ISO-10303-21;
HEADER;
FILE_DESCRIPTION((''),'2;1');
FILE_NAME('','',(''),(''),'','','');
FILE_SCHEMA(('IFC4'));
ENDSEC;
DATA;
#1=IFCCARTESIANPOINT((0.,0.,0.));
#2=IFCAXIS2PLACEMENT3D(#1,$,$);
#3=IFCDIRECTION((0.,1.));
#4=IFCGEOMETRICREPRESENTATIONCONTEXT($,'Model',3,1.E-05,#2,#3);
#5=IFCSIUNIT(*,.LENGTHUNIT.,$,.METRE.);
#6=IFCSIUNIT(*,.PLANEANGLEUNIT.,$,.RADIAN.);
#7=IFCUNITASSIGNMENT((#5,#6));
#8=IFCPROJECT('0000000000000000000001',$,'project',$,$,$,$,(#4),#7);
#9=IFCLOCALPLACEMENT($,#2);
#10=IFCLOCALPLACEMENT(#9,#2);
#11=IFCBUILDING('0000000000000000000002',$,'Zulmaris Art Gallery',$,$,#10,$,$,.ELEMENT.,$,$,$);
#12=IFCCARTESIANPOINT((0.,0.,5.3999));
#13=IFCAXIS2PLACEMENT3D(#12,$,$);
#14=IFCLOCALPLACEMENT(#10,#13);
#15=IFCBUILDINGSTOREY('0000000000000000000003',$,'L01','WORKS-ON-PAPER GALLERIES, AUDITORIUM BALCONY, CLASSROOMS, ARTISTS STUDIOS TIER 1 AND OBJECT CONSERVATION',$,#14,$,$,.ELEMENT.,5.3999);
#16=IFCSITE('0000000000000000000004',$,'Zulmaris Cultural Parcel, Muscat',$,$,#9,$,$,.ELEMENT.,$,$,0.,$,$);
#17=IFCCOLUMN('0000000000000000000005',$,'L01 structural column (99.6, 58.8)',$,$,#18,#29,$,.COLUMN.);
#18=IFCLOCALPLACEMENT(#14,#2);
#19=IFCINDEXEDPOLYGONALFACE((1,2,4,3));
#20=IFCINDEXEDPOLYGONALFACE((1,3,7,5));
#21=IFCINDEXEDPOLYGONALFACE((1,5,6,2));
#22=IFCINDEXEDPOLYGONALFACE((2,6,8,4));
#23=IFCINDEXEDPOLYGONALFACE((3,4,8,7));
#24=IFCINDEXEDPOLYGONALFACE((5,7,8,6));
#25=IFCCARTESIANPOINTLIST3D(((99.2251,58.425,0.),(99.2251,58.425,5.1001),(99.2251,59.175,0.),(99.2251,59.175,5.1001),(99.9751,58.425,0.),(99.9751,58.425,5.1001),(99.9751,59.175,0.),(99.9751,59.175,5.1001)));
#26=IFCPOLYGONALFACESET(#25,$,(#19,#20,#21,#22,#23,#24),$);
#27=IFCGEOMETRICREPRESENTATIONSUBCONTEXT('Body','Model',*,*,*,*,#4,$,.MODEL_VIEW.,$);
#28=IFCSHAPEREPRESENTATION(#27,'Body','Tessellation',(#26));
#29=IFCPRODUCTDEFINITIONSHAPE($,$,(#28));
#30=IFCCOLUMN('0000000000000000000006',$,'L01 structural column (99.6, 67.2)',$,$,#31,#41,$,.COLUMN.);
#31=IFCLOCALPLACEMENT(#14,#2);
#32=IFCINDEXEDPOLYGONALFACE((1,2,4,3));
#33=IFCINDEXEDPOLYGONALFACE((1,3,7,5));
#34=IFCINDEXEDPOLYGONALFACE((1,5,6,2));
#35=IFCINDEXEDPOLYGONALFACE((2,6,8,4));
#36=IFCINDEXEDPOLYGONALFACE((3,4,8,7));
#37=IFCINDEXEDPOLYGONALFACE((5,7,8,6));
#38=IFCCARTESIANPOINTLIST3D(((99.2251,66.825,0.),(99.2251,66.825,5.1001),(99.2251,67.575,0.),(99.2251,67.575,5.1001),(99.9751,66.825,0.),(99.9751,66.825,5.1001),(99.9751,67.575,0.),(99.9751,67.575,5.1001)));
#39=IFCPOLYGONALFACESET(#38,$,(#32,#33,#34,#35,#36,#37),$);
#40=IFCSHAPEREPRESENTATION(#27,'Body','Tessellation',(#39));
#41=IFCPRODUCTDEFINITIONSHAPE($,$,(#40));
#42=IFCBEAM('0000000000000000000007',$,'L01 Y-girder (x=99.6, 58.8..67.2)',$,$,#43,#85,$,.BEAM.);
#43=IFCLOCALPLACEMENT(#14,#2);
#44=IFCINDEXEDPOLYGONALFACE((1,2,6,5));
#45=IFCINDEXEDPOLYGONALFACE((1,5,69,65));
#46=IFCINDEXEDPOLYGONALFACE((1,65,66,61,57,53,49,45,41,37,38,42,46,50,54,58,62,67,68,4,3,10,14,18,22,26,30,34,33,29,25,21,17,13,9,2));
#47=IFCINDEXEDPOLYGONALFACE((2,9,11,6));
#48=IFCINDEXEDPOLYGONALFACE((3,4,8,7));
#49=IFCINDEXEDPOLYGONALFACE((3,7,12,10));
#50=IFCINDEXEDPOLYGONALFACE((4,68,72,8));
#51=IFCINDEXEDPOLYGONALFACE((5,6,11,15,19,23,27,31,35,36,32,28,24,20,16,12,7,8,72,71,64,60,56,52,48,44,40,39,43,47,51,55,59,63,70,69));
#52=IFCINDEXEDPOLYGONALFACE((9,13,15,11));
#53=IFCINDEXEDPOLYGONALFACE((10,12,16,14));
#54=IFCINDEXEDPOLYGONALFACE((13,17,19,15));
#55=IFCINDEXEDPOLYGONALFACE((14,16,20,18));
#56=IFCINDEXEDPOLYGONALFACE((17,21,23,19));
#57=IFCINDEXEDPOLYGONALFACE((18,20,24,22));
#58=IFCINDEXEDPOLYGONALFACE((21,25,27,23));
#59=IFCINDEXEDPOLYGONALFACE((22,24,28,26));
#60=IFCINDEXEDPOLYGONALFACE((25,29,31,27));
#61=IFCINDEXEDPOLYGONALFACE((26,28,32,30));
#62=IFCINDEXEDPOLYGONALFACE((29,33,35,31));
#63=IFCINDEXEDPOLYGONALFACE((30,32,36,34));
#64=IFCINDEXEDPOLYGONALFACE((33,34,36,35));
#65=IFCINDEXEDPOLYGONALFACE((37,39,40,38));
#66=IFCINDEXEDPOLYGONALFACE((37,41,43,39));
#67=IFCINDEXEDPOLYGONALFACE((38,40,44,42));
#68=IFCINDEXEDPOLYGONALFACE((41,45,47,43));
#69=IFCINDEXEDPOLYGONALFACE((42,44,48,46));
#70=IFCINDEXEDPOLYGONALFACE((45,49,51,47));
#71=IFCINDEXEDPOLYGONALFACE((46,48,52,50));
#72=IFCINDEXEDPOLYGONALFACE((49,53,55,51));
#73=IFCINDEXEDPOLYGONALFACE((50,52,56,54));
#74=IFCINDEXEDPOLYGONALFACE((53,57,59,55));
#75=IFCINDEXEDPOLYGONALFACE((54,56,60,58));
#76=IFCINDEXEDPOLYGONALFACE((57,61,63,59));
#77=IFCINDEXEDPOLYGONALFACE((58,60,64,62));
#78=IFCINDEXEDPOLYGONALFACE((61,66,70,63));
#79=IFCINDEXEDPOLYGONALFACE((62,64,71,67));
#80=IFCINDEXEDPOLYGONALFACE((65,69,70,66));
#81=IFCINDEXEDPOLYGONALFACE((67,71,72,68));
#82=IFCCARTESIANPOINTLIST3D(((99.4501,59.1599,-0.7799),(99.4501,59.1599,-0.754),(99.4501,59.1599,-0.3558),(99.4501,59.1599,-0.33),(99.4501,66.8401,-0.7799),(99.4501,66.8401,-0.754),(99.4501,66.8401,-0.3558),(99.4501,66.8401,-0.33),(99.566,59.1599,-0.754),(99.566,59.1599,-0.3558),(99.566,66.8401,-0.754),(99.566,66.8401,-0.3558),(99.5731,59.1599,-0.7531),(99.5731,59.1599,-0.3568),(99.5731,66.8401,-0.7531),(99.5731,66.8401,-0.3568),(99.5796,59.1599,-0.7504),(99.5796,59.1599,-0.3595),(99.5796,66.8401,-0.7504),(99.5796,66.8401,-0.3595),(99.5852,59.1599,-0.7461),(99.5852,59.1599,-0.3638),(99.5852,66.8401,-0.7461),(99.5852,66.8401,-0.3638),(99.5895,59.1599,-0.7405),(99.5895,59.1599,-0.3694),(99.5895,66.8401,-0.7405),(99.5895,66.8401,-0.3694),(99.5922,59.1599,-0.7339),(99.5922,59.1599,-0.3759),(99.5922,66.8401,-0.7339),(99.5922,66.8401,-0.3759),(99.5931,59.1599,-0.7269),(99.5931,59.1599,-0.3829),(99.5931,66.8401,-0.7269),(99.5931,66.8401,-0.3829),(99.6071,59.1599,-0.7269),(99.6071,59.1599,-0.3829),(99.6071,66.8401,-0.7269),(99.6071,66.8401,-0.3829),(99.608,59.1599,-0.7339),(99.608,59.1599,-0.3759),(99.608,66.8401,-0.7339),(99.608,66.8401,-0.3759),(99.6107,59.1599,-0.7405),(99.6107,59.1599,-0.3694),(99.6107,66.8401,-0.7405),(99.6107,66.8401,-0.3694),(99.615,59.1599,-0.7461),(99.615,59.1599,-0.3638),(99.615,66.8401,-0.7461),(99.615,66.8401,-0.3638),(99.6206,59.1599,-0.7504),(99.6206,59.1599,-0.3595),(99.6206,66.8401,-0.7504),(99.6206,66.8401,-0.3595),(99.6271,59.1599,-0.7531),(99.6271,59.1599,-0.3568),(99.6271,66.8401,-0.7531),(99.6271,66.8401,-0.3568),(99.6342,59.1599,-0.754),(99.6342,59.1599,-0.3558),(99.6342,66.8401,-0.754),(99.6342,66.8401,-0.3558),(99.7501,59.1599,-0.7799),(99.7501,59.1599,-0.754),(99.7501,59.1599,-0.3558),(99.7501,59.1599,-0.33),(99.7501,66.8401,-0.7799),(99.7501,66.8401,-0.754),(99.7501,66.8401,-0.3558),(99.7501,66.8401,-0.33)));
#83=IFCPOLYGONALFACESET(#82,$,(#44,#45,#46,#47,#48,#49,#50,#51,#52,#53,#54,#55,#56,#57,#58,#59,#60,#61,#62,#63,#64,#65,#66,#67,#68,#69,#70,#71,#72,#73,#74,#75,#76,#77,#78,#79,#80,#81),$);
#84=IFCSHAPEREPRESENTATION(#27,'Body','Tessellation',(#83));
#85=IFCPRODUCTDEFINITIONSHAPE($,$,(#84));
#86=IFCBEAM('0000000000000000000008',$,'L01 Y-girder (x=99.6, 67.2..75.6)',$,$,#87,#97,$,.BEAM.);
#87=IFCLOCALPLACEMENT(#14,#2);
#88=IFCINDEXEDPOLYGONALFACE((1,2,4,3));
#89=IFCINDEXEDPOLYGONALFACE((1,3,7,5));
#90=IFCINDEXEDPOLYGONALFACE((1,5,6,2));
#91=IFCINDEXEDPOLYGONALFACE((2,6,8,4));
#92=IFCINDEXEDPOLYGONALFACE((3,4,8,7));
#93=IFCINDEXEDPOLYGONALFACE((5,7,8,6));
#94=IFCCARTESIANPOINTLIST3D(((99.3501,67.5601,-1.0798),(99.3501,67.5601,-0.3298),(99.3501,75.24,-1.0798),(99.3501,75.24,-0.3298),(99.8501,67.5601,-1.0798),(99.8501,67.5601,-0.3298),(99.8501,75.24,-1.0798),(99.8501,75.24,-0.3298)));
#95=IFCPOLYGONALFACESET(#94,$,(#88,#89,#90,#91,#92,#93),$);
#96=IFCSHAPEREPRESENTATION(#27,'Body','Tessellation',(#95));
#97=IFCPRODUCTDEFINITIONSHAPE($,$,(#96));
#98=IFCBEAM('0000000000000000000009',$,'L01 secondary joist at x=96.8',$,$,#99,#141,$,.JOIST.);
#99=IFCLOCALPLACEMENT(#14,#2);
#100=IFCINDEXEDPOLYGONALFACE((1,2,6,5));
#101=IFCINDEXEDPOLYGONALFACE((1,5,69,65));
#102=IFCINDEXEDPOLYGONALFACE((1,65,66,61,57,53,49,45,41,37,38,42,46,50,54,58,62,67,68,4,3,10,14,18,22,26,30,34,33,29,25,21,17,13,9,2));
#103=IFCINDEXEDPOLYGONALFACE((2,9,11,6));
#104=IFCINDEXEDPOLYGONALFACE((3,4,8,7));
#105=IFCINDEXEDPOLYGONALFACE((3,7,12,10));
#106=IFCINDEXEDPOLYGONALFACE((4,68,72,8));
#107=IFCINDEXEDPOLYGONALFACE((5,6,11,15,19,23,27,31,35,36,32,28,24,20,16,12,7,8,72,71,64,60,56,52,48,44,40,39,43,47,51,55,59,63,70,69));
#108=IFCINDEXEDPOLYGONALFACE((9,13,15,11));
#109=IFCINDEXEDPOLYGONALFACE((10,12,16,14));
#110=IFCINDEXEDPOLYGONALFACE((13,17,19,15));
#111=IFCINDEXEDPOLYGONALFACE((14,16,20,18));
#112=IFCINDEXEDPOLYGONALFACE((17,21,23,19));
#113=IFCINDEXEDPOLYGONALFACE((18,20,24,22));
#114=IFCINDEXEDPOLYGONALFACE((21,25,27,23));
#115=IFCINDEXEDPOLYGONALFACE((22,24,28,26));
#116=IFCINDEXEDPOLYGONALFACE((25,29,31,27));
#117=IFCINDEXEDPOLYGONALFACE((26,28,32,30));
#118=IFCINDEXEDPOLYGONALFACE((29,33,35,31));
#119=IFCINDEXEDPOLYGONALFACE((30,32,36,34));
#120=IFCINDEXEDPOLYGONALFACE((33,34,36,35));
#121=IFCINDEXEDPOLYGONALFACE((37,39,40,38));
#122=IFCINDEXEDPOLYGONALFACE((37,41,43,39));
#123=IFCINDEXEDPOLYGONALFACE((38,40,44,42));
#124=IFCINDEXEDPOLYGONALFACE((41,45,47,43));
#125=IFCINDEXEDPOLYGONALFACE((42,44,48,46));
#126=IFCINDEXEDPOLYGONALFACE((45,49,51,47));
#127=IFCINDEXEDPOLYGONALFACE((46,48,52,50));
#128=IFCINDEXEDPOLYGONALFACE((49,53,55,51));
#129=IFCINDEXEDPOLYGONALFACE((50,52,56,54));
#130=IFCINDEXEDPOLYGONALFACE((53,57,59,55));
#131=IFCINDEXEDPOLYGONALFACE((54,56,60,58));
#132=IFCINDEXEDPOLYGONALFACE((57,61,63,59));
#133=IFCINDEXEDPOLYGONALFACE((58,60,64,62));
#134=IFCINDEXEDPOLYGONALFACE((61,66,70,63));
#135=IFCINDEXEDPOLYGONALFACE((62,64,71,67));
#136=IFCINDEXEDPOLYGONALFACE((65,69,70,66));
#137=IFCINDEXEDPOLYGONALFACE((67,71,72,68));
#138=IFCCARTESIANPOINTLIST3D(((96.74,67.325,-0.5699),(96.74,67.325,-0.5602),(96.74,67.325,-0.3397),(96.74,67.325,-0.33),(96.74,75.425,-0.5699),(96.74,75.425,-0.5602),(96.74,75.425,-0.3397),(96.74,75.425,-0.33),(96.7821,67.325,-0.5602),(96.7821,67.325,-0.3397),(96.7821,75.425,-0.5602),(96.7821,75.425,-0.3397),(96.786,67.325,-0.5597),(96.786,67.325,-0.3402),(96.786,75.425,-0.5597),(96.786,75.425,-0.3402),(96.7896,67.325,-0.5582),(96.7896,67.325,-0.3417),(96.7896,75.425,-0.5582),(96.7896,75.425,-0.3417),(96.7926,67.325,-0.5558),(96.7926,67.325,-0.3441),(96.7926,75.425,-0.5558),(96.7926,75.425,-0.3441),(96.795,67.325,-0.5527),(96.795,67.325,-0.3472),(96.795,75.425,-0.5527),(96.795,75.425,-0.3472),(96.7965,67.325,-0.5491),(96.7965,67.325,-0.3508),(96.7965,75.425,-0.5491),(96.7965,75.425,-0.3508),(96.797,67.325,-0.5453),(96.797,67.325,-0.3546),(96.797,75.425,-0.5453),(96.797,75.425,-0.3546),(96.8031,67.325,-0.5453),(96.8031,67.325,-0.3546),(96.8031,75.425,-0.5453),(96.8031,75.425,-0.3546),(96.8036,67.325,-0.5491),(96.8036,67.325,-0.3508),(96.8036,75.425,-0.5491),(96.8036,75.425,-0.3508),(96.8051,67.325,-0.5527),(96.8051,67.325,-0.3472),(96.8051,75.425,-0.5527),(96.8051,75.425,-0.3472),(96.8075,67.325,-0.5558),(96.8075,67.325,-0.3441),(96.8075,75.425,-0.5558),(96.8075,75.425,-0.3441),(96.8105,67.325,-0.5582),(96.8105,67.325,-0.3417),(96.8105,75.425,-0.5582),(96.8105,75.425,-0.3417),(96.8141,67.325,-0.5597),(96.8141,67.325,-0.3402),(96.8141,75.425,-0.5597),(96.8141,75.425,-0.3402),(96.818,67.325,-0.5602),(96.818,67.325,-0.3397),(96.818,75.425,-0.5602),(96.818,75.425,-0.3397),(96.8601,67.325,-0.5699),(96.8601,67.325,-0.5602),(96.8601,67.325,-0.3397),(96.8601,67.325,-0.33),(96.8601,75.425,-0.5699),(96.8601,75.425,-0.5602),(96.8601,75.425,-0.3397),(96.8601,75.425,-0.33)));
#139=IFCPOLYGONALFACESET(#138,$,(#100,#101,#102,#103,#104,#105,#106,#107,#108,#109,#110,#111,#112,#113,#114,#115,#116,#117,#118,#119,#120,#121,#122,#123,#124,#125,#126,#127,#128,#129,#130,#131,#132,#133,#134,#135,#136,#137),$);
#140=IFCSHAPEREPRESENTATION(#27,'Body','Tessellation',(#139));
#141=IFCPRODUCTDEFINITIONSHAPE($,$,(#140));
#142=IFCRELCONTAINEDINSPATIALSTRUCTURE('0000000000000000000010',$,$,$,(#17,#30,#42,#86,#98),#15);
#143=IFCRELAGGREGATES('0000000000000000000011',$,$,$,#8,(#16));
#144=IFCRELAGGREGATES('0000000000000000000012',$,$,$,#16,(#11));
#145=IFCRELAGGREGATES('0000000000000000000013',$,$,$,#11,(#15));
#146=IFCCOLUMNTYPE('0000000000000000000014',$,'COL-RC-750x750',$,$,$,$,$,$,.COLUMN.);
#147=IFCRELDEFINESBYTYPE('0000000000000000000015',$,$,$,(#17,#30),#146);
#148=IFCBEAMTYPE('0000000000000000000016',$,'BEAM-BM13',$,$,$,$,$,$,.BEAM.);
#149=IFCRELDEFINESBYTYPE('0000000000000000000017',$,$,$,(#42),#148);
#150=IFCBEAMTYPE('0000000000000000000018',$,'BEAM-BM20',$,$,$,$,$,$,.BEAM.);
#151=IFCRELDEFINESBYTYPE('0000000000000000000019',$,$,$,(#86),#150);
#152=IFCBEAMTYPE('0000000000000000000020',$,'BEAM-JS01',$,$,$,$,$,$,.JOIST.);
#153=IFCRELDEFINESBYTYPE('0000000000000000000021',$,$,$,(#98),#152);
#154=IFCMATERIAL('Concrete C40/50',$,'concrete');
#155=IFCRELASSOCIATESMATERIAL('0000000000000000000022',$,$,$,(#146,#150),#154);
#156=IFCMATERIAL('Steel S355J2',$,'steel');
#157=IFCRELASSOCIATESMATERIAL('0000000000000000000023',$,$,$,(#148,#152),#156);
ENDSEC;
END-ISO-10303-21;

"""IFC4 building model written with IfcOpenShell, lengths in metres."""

from ifc_helpers import new_model, si_unit, direction, frame, origin, origin_2d, place, context, subcontext, project, spatial, rectangle, i_section, extrude, material, material_profile, profile_set, type_object, element, save


model = new_model("IFC4")

# Units and contexts
model_context = context("Model", 3, precision=1e-05, world=origin(), true_north=direction((0.0, 1.0)))
body_context = subcontext(model_context, "Body", "Model", "MODEL_VIEW")
ifc_project = project(units=[si_unit("LENGTHUNIT", "METRE"), si_unit("PLANEANGLEUNIT", "RADIAN")], contexts=[model_context])

# Site, building, storey
site_placement = place(None, origin())
site = spatial("IfcSite", under=ifc_project, at=site_placement, Name="Zulmaris Cultural Parcel, Muscat", CompositionType="ELEMENT", RefElevation=0.0)
building_placement = place(site_placement, origin())
building = spatial("IfcBuilding", under=site, at=building_placement, Name="Zulmaris Art Gallery", CompositionType="ELEMENT")
storey_placement = place(building_placement, frame((0.0, 0.0, 5.3999)))
storey = spatial("IfcBuildingStorey", under=building, at=storey_placement, Name="L01", Description="WORKS-ON-PAPER GALLERIES, AUDITORIUM BALCONY, CLASSROOMS, ARTISTS STUDIOS TIER 1 AND OBJECT CONSERVATION", CompositionType="ELEMENT", Elevation=5.3999)

# Columns
ifc_material_1 = material(Name="Concrete C40/50", Category="concrete")
ifc_material_profile_1 = material_profile(ifc_material_1, rectangle(XDim=0.75, YDim=0.75, at=origin_2d()), Name="RC 750x750")
ifc_profile_set_1 = profile_set([ifc_material_profile_1], Name="Concrete C40/50")
column_type = type_object("IfcColumnType", Name="COL-RC-750x750", PredefinedType="COLUMN", material=ifc_profile_set_1)
for number, where, z_axis, x_axis, name in (
    (1, (99.6001, 58.8, 0.0), (0.0, 0.0, 1.0), (1.0, 0.0, 0.0), "L01 structural column (99.6, 58.8)"),
    (2, (99.6001, 67.2, 0.0), (0.0, 0.0, 1.0), (1.0, 0.0, 0.0), "L01 structural column (99.6, 67.2)"),
):
    element("IfcColumn", number, at=place(storey_placement, frame(where, z_axis=z_axis, x_axis=x_axis)), inside=storey, type_object=column_type, Name=name, PredefinedType="COLUMN", context=body_context, shape_type="SweptSolid", body=[
        extrude(rectangle(XDim=0.75, YDim=0.75, at=origin_2d()), origin(), (0.0, 0.0, 1.0), 5.1001),
    ])

# Beams
ifc_material_2 = material(Name="Steel S355J2", Category="steel")
ifc_material_profile_2 = material_profile(ifc_material_2, i_section(OverallWidth=0.3, OverallDepth=0.45, WebThickness=0.0139, FlangeThickness=0.0259, FilletRadius=0.0271, at=origin_2d()), Name="HEB 450")
ifc_profile_set_2 = profile_set([ifc_material_profile_2], Name="Steel S355J2")
beam_type_1 = type_object("IfcBeamType", Name="BEAM-BM13", PredefinedType="BEAM", material=ifc_profile_set_2)
beam_1_placement = place(storey_placement, frame((99.6001, 59.1599, -0.5549), z_axis=(0.0, 1.0, 0.0), x_axis=(-1.0, 0.0, 0.0)))
element("IfcBeam", 3, at=beam_1_placement, inside=storey, type_object=beam_type_1, Name="L01 Y-girder (x=99.6, 58.8..67.2)", PredefinedType="BEAM", context=body_context, shape_type="SweptSolid", body=[
    extrude(i_section(OverallWidth=0.3, OverallDepth=0.45, WebThickness=0.0139, FlangeThickness=0.0259, FilletRadius=0.0271, at=origin_2d()), origin(), (0.0, 0.0, 1.0), 7.6802),
])
ifc_material_profile_3 = material_profile(ifc_material_1, rectangle(XDim=0.5, YDim=0.75, at=origin_2d()), Name="RC 500x750")
ifc_profile_set_3 = profile_set([ifc_material_profile_3], Name="Concrete C40/50")
beam_type_2 = type_object("IfcBeamType", Name="BEAM-BM20", PredefinedType="BEAM", material=ifc_profile_set_3)
beam_2_placement = place(storey_placement, frame((99.6001, 67.5601, -0.7048), z_axis=(0.0, 1.0, 0.0), x_axis=(-1.0, 0.0, 0.0)))
element("IfcBeam", 4, at=beam_2_placement, inside=storey, type_object=beam_type_2, Name="L01 Y-girder (x=99.6, 67.2..75.6)", PredefinedType="BEAM", context=body_context, shape_type="SweptSolid", body=[
    extrude(rectangle(XDim=0.5, YDim=0.75, at=origin_2d()), origin(), (0.0, 0.0, 1.0), 7.6799),
])
ifc_material_profile_4 = material_profile(ifc_material_2, i_section(OverallWidth=0.1201, OverallDepth=0.24, WebThickness=0.0061, FlangeThickness=0.0098, FilletRadius=0.0149, at=origin_2d()), Name="IPE 240")
ifc_profile_set_4 = profile_set([ifc_material_profile_4], Name="Steel S355J2")
beam_type_3 = type_object("IfcBeamType", Name="BEAM-JS01", PredefinedType="JOIST", material=ifc_profile_set_4)
beam_3_placement = place(storey_placement, frame((96.8, 67.325, -0.45), z_axis=(0.0, 1.0, 0.0), x_axis=(-1.0, 0.0, 0.0)))
element("IfcBeam", 5, at=beam_3_placement, inside=storey, type_object=beam_type_3, Name="L01 secondary joist at x=96.8", PredefinedType="JOIST", context=body_context, shape_type="SweptSolid", body=[
    extrude(i_section(OverallWidth=0.1201, OverallDepth=0.24, WebThickness=0.0061, FlangeThickness=0.0098, FilletRadius=0.0149, at=origin_2d()), origin(), (0.0, 0.0, 1.0), 8.1001),
])

save(model, "model.ifc")
